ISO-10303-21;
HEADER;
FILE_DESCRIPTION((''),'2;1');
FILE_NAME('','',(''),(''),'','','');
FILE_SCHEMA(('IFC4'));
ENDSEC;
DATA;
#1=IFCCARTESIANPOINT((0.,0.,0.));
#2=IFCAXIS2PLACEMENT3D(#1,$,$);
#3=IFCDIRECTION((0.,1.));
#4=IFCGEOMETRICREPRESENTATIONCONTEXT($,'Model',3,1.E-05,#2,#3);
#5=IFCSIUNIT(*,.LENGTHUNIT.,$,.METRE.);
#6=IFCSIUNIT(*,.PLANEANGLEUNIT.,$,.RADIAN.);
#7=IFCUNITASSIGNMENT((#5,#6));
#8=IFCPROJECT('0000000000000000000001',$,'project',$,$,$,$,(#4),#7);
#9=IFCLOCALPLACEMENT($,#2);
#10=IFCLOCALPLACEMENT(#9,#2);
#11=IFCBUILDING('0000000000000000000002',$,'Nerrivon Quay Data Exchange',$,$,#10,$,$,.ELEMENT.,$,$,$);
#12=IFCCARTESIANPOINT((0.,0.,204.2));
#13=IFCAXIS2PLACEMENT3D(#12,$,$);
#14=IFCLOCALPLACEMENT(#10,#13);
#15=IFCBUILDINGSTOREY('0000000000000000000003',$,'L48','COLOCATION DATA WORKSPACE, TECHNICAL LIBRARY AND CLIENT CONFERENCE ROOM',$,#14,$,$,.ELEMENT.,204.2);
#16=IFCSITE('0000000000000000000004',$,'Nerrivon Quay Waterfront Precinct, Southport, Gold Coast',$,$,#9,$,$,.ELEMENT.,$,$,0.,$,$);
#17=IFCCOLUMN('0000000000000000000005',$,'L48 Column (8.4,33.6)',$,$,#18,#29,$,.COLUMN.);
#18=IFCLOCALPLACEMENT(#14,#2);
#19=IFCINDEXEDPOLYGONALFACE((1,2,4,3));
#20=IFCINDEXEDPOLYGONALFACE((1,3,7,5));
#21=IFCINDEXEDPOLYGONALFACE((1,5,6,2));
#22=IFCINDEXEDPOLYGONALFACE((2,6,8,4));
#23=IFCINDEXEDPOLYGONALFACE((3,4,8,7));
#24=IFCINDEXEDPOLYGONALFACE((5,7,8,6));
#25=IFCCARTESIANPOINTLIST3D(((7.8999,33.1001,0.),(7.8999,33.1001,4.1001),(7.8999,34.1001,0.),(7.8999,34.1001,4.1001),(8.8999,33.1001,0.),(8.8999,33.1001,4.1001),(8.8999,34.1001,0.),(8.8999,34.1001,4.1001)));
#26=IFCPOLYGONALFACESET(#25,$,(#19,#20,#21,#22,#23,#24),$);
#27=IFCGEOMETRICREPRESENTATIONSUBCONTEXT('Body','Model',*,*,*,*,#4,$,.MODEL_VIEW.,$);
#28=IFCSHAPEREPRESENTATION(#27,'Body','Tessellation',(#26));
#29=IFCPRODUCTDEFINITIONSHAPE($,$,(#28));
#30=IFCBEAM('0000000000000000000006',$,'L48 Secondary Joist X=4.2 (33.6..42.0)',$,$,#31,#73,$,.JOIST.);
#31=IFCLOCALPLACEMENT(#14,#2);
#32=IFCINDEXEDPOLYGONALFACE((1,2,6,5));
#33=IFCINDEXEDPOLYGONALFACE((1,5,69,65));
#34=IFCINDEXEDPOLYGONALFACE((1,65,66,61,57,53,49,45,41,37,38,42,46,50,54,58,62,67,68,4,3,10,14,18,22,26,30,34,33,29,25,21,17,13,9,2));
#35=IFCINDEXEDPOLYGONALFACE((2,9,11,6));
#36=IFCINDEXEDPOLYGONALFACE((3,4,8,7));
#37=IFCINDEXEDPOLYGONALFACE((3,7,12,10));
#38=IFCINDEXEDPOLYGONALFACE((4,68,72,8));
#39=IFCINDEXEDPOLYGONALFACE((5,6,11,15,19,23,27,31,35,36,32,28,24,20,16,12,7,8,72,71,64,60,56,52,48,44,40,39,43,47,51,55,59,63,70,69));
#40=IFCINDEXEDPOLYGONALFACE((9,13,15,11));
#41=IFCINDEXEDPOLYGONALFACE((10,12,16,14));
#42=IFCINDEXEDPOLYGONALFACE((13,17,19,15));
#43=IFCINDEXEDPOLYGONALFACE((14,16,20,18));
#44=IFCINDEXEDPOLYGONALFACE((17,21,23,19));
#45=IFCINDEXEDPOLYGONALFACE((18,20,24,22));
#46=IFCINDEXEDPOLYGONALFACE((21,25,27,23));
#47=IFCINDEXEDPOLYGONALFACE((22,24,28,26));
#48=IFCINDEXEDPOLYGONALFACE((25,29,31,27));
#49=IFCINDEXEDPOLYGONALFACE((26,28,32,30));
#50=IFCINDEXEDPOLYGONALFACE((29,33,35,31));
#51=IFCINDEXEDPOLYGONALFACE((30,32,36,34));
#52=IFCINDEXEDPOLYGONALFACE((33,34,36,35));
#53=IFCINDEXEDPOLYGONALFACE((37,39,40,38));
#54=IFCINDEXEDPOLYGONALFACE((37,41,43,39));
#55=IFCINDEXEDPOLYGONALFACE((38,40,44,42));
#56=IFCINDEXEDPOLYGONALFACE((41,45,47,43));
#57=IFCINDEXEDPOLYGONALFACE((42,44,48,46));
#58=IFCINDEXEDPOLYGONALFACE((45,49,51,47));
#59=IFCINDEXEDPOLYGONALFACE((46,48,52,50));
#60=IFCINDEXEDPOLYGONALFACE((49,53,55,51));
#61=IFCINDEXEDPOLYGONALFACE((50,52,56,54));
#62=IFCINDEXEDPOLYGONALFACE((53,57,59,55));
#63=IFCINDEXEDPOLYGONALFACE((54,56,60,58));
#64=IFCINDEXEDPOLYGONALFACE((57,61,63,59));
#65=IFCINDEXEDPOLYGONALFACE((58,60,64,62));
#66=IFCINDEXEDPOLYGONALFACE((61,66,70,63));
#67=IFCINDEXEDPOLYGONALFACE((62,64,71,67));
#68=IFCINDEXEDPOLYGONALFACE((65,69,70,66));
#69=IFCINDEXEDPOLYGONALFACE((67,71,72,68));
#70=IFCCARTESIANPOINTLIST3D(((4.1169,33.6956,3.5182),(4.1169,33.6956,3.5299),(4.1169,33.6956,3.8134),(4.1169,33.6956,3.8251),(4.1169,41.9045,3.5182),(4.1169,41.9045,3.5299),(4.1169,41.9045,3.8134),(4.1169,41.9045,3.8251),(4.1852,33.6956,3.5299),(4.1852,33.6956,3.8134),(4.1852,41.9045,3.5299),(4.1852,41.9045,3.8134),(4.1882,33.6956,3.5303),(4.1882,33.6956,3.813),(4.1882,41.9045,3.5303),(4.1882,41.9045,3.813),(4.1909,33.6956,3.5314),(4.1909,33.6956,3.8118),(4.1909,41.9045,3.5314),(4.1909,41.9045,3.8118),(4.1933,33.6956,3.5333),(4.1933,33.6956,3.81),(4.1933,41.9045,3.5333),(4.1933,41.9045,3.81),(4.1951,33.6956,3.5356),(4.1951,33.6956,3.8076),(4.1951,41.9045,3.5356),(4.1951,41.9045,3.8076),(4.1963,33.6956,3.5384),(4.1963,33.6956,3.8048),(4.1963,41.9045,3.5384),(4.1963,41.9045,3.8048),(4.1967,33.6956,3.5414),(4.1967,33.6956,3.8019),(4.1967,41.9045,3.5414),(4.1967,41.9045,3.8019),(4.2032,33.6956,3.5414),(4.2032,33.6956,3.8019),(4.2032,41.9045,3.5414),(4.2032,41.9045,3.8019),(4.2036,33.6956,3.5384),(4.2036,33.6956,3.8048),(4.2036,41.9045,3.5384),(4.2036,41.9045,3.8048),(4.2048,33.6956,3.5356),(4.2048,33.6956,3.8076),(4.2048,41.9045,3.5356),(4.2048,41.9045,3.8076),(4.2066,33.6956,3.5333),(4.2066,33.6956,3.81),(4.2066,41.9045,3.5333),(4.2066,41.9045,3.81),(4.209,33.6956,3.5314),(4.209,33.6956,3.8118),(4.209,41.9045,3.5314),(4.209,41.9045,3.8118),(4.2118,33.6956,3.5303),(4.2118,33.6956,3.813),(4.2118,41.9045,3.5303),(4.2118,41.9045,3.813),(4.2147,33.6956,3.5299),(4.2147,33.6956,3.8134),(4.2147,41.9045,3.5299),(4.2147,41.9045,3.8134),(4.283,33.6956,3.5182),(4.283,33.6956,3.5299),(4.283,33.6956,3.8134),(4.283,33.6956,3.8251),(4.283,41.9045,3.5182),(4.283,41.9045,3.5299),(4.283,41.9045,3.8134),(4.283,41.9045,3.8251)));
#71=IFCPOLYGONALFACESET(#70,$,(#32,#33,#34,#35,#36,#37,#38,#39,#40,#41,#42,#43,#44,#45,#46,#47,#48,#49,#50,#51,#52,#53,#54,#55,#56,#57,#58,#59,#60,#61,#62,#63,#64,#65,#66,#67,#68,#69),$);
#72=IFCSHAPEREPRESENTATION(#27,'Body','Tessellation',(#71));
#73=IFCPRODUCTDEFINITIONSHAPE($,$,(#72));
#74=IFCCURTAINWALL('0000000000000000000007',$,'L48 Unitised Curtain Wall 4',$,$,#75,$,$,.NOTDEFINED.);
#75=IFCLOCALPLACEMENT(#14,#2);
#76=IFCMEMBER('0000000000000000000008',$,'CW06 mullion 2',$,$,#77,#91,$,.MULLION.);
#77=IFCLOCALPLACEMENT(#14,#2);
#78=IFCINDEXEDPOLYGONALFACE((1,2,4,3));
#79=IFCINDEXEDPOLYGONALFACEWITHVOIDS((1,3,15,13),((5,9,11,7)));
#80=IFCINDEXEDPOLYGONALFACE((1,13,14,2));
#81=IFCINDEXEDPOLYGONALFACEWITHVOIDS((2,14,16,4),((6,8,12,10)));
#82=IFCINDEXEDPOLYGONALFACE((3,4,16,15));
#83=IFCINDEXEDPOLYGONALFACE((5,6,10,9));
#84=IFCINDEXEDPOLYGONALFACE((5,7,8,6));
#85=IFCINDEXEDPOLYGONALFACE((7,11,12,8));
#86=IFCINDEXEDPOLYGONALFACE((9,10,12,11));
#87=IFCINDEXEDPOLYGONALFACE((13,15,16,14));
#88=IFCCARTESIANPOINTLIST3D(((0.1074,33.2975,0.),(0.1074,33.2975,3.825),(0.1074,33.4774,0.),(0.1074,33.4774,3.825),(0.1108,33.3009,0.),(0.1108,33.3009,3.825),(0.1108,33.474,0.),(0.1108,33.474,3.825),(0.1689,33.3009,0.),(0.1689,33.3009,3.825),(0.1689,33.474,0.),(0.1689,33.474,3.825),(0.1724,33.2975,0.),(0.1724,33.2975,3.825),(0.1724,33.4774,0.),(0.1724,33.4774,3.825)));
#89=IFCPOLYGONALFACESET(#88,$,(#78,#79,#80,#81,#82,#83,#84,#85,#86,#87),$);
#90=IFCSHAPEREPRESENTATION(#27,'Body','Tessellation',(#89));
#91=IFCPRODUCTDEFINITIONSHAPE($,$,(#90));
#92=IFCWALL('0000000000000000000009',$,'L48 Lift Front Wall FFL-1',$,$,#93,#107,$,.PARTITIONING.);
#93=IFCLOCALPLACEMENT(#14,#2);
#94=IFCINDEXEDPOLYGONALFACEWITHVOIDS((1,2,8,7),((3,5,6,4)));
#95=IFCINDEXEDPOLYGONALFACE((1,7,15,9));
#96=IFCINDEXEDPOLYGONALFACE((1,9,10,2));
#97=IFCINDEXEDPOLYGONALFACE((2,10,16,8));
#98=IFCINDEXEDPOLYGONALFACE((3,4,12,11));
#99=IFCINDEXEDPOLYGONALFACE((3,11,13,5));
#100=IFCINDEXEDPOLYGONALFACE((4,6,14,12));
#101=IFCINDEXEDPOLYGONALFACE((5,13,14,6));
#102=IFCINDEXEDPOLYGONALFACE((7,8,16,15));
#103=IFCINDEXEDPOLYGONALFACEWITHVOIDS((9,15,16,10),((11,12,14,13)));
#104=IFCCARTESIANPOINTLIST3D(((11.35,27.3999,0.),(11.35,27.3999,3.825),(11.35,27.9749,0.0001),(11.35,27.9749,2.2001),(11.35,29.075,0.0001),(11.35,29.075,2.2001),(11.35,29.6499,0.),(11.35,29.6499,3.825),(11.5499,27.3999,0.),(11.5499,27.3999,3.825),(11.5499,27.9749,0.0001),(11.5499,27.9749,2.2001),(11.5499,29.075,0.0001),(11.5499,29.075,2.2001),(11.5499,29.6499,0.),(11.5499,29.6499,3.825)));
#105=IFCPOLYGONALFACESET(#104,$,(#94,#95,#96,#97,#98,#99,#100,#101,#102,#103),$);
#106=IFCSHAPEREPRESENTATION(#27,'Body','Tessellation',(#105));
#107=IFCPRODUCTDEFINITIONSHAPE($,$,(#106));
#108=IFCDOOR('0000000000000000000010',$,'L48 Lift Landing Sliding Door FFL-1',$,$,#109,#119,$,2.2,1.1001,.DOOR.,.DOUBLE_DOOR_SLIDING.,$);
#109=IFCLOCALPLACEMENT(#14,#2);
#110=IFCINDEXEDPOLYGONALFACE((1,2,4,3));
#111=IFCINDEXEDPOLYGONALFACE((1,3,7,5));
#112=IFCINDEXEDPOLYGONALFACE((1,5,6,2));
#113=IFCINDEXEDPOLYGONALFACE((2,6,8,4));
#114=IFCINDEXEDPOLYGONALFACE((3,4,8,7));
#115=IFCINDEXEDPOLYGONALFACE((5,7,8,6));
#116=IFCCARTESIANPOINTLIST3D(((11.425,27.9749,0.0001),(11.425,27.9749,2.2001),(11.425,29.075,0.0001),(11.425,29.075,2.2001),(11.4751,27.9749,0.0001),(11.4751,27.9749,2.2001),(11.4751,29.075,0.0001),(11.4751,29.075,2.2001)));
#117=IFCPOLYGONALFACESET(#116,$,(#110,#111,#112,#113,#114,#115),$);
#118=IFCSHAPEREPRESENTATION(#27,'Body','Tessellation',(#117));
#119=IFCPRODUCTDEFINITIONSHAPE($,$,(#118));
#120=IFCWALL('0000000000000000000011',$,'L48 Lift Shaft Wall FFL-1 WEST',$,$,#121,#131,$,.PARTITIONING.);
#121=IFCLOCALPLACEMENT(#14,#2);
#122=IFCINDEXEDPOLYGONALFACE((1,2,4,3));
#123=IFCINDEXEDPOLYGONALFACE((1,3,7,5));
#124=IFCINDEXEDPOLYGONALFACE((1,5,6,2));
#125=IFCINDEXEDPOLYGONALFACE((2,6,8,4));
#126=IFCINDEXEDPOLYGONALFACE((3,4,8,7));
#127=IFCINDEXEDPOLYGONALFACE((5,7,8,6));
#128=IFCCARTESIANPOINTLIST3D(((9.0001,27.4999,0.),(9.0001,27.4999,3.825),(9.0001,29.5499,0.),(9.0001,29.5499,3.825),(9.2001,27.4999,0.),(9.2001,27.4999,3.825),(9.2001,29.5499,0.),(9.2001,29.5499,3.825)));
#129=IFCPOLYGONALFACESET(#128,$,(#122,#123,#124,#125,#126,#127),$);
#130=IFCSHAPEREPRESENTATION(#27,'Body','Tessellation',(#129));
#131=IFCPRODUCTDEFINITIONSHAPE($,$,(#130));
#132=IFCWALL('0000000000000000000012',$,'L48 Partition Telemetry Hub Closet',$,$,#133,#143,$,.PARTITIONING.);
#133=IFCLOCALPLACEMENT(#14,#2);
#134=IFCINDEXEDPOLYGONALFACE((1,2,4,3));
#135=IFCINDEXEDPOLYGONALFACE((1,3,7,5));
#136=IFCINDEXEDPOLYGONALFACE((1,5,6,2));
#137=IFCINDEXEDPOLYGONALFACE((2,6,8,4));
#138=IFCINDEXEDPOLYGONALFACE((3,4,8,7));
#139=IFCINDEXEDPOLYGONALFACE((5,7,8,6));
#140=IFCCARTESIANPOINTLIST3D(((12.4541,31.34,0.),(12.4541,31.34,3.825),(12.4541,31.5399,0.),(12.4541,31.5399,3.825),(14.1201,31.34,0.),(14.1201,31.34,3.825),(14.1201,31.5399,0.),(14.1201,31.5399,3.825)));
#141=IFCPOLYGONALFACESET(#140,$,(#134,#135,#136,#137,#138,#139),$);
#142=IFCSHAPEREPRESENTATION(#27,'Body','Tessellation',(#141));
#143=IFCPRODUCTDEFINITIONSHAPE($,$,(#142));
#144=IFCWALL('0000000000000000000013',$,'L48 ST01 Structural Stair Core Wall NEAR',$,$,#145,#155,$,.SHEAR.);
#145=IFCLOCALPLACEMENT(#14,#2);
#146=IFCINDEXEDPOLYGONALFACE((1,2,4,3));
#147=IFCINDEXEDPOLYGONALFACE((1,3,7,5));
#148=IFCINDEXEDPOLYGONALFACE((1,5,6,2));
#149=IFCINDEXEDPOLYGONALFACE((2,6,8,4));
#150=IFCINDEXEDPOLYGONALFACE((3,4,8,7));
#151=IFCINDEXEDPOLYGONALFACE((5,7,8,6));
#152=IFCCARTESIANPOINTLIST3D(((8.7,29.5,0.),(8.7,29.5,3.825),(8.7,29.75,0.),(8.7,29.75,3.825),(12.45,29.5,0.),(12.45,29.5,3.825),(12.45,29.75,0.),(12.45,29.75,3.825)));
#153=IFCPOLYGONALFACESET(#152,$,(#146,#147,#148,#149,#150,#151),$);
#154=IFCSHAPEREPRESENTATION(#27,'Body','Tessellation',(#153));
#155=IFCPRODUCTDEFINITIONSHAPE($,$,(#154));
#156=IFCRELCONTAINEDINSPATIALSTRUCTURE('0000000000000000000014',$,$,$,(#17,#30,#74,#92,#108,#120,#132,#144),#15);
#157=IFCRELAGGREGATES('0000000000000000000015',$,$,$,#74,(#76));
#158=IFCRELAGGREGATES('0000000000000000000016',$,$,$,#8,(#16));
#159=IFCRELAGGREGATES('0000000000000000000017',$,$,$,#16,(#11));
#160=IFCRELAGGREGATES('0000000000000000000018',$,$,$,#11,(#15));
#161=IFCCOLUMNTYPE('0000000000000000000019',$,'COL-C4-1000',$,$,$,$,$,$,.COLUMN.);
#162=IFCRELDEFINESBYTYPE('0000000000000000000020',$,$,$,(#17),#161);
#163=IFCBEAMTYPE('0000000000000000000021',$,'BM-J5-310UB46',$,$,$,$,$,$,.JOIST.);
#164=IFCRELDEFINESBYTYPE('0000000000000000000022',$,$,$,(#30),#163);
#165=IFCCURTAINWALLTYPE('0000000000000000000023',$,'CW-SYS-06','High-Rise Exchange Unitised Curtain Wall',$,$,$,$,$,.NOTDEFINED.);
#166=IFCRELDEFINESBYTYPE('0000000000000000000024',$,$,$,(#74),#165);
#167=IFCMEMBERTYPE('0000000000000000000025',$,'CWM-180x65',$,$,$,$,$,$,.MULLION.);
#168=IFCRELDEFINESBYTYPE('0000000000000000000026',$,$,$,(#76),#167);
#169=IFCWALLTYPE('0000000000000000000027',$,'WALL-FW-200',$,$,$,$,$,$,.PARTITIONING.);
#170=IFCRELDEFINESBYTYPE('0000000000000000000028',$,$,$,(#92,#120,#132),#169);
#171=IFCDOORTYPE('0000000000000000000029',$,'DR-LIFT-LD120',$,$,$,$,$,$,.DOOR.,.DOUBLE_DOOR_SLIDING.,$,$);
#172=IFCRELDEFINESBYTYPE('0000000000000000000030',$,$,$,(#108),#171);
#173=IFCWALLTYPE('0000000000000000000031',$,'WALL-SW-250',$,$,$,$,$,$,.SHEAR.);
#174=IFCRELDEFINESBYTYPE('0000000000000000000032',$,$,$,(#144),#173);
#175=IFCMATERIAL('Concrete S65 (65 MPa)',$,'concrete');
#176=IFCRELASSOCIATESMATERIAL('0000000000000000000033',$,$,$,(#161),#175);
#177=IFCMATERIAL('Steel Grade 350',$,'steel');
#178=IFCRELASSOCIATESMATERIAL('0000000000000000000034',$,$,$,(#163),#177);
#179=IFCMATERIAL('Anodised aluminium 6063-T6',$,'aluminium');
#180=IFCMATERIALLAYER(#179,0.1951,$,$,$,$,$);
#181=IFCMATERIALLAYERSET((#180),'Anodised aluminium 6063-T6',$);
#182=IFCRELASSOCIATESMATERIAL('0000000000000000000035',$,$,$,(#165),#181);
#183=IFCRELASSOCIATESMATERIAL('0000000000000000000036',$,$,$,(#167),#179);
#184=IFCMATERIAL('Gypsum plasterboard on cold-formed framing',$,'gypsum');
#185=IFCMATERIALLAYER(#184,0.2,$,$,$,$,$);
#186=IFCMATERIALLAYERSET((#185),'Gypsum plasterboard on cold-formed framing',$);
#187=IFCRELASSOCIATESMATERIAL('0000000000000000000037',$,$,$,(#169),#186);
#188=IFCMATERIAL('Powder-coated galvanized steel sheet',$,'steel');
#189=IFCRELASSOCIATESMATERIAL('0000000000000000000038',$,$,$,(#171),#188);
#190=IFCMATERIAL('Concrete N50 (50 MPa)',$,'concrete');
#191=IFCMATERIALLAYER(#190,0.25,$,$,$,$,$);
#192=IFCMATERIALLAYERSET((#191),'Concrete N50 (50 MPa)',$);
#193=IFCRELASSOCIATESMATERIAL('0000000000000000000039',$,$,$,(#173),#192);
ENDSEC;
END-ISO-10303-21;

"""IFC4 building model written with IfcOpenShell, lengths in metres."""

from ifc_helpers import new_model, si_unit, direction, frame, frame_2d, origin, origin_2d, place, context, subcontext, project, spatial, rectangle, hollow_rectangle, i_section, extrude, material, layer, layer_set, material_profile, profile_set, type_object, element, fill, aggregate, save


model = new_model("IFC4")

# Units and contexts
model_context = context("Model", 3, precision=1e-05, world=origin(), true_north=direction((0.0, 1.0)))
body_context = subcontext(model_context, "Body", "Model", "MODEL_VIEW")
ifc_project = project(units=[si_unit("LENGTHUNIT", "METRE"), si_unit("PLANEANGLEUNIT", "RADIAN")], contexts=[model_context])

# Site, building, storey
site_placement = place(None, origin())
site = spatial("IfcSite", under=ifc_project, at=site_placement, Name="Nerrivon Quay Waterfront Precinct, Southport, Gold Coast", CompositionType="ELEMENT", RefElevation=0.0)
building_placement = place(site_placement, origin())
building = spatial("IfcBuilding", under=site, at=building_placement, Name="Nerrivon Quay Data Exchange", CompositionType="ELEMENT")
storey_placement = place(building_placement, frame((0.0, 0.0, 204.2)))
storey = spatial("IfcBuildingStorey", under=building, at=storey_placement, Name="L48", Description="COLOCATION DATA WORKSPACE, TECHNICAL LIBRARY AND CLIENT CONFERENCE ROOM", CompositionType="ELEMENT", Elevation=204.2)

# Column
ifc_material_1 = material(Name="Concrete S65 (65 MPa)", Category="concrete")
ifc_material_profile_1 = material_profile(ifc_material_1, rectangle(XDim=1.0, YDim=1.0, at=origin_2d()), Name="RC-COL-1000x1000")
ifc_profile_set_1 = profile_set([ifc_material_profile_1], Name="Concrete S65 (65 MPa)")
column_type = type_object("IfcColumnType", Name="COL-C4-1000", PredefinedType="COLUMN", material=ifc_profile_set_1)
column_placement = place(storey_placement, frame((8.3999, 33.6001, 0.0), z_axis=(0.0, 0.0, 1.0), x_axis=(1.0, 0.0, 0.0)))
element("IfcColumn", 1, at=column_placement, inside=storey, type_object=column_type, Name="L48 Column (8.4,33.6)", PredefinedType="COLUMN", context=body_context, shape_type="SweptSolid", body=[
    extrude(rectangle(XDim=1.0, YDim=1.0, at=origin_2d()), origin(), (0.0, 0.0, 1.0), 4.1001),
])

# Beam
ifc_material_2 = material(Name="Steel Grade 350", Category="steel")
ifc_material_profile_2 = material_profile(ifc_material_2, i_section(OverallWidth=0.166, OverallDepth=0.3069, WebThickness=0.0066, FlangeThickness=0.0117, FilletRadius=0.0115, at=origin_2d()), Name="310UB46.2")
ifc_profile_set_2 = profile_set([ifc_material_profile_2], Name="Steel Grade 350")
beam_type = type_object("IfcBeamType", Name="BM-J5-310UB46", PredefinedType="JOIST", material=ifc_profile_set_2)
beam_placement = place(storey_placement, frame((4.2, 33.6956, 3.6716), z_axis=(0.0, 1.0, 0.0), x_axis=(-1.0, 0.0, 0.0)))
element("IfcBeam", 2, at=beam_placement, inside=storey, type_object=beam_type, Name="L48 Secondary Joist X=4.2 (33.6..42.0)", PredefinedType="JOIST", context=body_context, shape_type="SweptSolid", body=[
    extrude(i_section(OverallWidth=0.166, OverallDepth=0.3069, WebThickness=0.0066, FlangeThickness=0.0117, FilletRadius=0.0115, at=origin_2d()), origin(), (0.0, 0.0, 1.0), 8.209),
])

# Curtain wall, member
ifc_material_3 = material(Name="Anodised aluminium 6063-T6", Category="aluminium")
ifc_layer_1 = layer(ifc_material_3, 0.1951)
ifc_layer_set_1 = layer_set([ifc_layer_1], Name="Anodised aluminium 6063-T6")
curtain_wall_type = type_object("IfcCurtainWallType", Name="CW-SYS-06", Description="High-Rise Exchange Unitised Curtain Wall", PredefinedType="NOTDEFINED", material=ifc_layer_set_1)
curtain_wall_placement = place(storey_placement, origin())
curtain_wall = element("IfcCurtainWall", 3, at=curtain_wall_placement, inside=storey, type_object=curtain_wall_type, Name="L48 Unitised Curtain Wall 4", PredefinedType="NOTDEFINED")
ifc_material_profile_3 = material_profile(ifc_material_3, hollow_rectangle(XDim=0.0649, YDim=0.1799, WallThickness=0.0034, at=origin_2d()), Name="ALU-MULL-180x65")
ifc_profile_set_3 = profile_set([ifc_material_profile_3], Name="Anodised aluminium 6063-T6")
member_type = type_object("IfcMemberType", Name="CWM-180x65", PredefinedType="MULLION", material=ifc_profile_set_3)
member_placement = place(storey_placement, frame((0.1399, 33.3875, 0.0), z_axis=(0.0, 0.0, 1.0), x_axis=(-1.0, 0.0, 0.0)))
member = element("IfcMember", 4, at=member_placement, type_object=member_type, Name="CW06 mullion 2", PredefinedType="MULLION", context=body_context, shape_type="SweptSolid", body=[
    extrude(hollow_rectangle(XDim=0.0649, YDim=0.1799, WallThickness=0.0034, at=origin_2d()), origin(), (0.0, 0.0, 1.0), 3.825),
])
aggregate(curtain_wall, [member])

# Wall, opening, door
ifc_material_4 = material(Name="Gypsum plasterboard on cold-formed framing", Category="gypsum")
ifc_layer_2 = layer(ifc_material_4, 0.2)
ifc_layer_set_2 = layer_set([ifc_layer_2], Name="Gypsum plasterboard on cold-formed framing")
wall_type_1 = type_object("IfcWallType", Name="WALL-FW-200", PredefinedType="PARTITIONING", material=ifc_layer_set_2)
wall_1_placement = place(storey_placement, frame((11.45, 27.3999, 0.0), z_axis=(0.0, 0.0, 1.0), x_axis=(0.0, 1.0, 0.0)))
wall_1 = element("IfcWall", 5, at=wall_1_placement, inside=storey, type_object=wall_type_1, Name="L48 Lift Front Wall FFL-1", PredefinedType="PARTITIONING", context=body_context, shape_type="SweptSolid", body=[
    extrude(rectangle(XDim=2.25, YDim=0.2, at=frame_2d((1.125, 0.0))), origin(), (0.0, 0.0, 1.0), 3.825),
])
opening_1_placement = place(wall_1_placement, frame((0.575, 0.0, 0.0)))
opening_1 = element("IfcOpeningElement", 6, at=opening_1_placement, cuts=wall_1, PredefinedType="OPENING", context=body_context, shape_type="SweptSolid", body=[
    extrude(rectangle(XDim=1.1001, YDim=2.2, at=frame_2d((0.55, 1.1001))), frame((0.0, 0.1099, 0.0), z_axis=(0.0, -1.0, 0.0), x_axis=(1.0, 0.0, 0.0)), (0.0, 0.0, 1.0), 0.22),
])
ifc_material_5 = material(Name="Powder-coated galvanized steel sheet", Category="steel")
door_type_1 = type_object("IfcDoorType", Name="DR-LIFT-LD120", OperationType="DOUBLE_DOOR_SLIDING", PredefinedType="DOOR", material=ifc_material_5)
door_1_placement = place(opening_1_placement, origin())
door_1 = element("IfcDoor", 7, at=door_1_placement, inside=storey, type_object=door_type_1, Name="L48 Lift Landing Sliding Door FFL-1", OperationType="DOUBLE_DOOR_SLIDING", OverallHeight=2.2, OverallWidth=1.1001, PredefinedType="DOOR", context=body_context, shape_type="SweptSolid", body=[
    extrude(rectangle(XDim=1.1001, YDim=2.2, at=frame_2d((0.55, 1.1001))), frame((0.0, 0.0249, 0.0), z_axis=(0.0, -1.0, 0.0), x_axis=(1.0, 0.0, 0.0)), (0.0, 0.0, 1.0), 0.05),
])
fill(opening_1, door_1)

# Walls
wall_2_placement = place(storey_placement, frame((9.1001, 27.5, 0.0), z_axis=(0.0, 0.0, 1.0), x_axis=(0.0, 1.0, 0.0)))
element("IfcWall", 8, at=wall_2_placement, inside=storey, type_object=wall_type_1, Name="L48 Lift Shaft Wall FFL-1 WEST", PredefinedType="PARTITIONING", context=body_context, shape_type="SweptSolid", body=[
    extrude(rectangle(XDim=2.05, YDim=0.2, at=frame_2d((1.0249, 0.0))), origin(), (0.0, 0.0, 1.0), 3.825),
])
wall_3_placement = place(storey_placement, frame((12.4541, 31.4399, 0.0), z_axis=(0.0, 0.0, 1.0), x_axis=(1.0, 0.0, 0.0)))
element("IfcWall", 9, at=wall_3_placement, inside=storey, type_object=wall_type_1, Name="L48 Partition Telemetry Hub Closet", PredefinedType="PARTITIONING", context=body_context, shape_type="SweptSolid", body=[
    extrude(rectangle(XDim=1.666, YDim=0.2, at=frame_2d((0.833, 0.0))), origin(), (0.0, 0.0, 1.0), 3.825),
])
ifc_material_6 = material(Name="Concrete N50 (50 MPa)", Category="concrete")
ifc_layer_3 = layer(ifc_material_6, 0.25)
ifc_layer_set_3 = layer_set([ifc_layer_3], Name="Concrete N50 (50 MPa)")
wall_type_2 = type_object("IfcWallType", Name="WALL-SW-250", PredefinedType="SHEAR", material=ifc_layer_set_3)
wall_4_placement = place(storey_placement, frame((12.45, 29.625, 0.0), z_axis=(0.0, 0.0, 1.0), x_axis=(-1.0, 0.0, 0.0)))
element("IfcWall", 10, at=wall_4_placement, inside=storey, type_object=wall_type_2, Name="L48 ST01 Structural Stair Core Wall NEAR", PredefinedType="SHEAR", context=body_context, shape_type="SweptSolid", body=[
    extrude(rectangle(XDim=3.75, YDim=0.25, at=frame_2d((1.875, 0.0))), origin(), (0.0, 0.0, 1.0), 3.825),
])

save(model, "model.ifc")
